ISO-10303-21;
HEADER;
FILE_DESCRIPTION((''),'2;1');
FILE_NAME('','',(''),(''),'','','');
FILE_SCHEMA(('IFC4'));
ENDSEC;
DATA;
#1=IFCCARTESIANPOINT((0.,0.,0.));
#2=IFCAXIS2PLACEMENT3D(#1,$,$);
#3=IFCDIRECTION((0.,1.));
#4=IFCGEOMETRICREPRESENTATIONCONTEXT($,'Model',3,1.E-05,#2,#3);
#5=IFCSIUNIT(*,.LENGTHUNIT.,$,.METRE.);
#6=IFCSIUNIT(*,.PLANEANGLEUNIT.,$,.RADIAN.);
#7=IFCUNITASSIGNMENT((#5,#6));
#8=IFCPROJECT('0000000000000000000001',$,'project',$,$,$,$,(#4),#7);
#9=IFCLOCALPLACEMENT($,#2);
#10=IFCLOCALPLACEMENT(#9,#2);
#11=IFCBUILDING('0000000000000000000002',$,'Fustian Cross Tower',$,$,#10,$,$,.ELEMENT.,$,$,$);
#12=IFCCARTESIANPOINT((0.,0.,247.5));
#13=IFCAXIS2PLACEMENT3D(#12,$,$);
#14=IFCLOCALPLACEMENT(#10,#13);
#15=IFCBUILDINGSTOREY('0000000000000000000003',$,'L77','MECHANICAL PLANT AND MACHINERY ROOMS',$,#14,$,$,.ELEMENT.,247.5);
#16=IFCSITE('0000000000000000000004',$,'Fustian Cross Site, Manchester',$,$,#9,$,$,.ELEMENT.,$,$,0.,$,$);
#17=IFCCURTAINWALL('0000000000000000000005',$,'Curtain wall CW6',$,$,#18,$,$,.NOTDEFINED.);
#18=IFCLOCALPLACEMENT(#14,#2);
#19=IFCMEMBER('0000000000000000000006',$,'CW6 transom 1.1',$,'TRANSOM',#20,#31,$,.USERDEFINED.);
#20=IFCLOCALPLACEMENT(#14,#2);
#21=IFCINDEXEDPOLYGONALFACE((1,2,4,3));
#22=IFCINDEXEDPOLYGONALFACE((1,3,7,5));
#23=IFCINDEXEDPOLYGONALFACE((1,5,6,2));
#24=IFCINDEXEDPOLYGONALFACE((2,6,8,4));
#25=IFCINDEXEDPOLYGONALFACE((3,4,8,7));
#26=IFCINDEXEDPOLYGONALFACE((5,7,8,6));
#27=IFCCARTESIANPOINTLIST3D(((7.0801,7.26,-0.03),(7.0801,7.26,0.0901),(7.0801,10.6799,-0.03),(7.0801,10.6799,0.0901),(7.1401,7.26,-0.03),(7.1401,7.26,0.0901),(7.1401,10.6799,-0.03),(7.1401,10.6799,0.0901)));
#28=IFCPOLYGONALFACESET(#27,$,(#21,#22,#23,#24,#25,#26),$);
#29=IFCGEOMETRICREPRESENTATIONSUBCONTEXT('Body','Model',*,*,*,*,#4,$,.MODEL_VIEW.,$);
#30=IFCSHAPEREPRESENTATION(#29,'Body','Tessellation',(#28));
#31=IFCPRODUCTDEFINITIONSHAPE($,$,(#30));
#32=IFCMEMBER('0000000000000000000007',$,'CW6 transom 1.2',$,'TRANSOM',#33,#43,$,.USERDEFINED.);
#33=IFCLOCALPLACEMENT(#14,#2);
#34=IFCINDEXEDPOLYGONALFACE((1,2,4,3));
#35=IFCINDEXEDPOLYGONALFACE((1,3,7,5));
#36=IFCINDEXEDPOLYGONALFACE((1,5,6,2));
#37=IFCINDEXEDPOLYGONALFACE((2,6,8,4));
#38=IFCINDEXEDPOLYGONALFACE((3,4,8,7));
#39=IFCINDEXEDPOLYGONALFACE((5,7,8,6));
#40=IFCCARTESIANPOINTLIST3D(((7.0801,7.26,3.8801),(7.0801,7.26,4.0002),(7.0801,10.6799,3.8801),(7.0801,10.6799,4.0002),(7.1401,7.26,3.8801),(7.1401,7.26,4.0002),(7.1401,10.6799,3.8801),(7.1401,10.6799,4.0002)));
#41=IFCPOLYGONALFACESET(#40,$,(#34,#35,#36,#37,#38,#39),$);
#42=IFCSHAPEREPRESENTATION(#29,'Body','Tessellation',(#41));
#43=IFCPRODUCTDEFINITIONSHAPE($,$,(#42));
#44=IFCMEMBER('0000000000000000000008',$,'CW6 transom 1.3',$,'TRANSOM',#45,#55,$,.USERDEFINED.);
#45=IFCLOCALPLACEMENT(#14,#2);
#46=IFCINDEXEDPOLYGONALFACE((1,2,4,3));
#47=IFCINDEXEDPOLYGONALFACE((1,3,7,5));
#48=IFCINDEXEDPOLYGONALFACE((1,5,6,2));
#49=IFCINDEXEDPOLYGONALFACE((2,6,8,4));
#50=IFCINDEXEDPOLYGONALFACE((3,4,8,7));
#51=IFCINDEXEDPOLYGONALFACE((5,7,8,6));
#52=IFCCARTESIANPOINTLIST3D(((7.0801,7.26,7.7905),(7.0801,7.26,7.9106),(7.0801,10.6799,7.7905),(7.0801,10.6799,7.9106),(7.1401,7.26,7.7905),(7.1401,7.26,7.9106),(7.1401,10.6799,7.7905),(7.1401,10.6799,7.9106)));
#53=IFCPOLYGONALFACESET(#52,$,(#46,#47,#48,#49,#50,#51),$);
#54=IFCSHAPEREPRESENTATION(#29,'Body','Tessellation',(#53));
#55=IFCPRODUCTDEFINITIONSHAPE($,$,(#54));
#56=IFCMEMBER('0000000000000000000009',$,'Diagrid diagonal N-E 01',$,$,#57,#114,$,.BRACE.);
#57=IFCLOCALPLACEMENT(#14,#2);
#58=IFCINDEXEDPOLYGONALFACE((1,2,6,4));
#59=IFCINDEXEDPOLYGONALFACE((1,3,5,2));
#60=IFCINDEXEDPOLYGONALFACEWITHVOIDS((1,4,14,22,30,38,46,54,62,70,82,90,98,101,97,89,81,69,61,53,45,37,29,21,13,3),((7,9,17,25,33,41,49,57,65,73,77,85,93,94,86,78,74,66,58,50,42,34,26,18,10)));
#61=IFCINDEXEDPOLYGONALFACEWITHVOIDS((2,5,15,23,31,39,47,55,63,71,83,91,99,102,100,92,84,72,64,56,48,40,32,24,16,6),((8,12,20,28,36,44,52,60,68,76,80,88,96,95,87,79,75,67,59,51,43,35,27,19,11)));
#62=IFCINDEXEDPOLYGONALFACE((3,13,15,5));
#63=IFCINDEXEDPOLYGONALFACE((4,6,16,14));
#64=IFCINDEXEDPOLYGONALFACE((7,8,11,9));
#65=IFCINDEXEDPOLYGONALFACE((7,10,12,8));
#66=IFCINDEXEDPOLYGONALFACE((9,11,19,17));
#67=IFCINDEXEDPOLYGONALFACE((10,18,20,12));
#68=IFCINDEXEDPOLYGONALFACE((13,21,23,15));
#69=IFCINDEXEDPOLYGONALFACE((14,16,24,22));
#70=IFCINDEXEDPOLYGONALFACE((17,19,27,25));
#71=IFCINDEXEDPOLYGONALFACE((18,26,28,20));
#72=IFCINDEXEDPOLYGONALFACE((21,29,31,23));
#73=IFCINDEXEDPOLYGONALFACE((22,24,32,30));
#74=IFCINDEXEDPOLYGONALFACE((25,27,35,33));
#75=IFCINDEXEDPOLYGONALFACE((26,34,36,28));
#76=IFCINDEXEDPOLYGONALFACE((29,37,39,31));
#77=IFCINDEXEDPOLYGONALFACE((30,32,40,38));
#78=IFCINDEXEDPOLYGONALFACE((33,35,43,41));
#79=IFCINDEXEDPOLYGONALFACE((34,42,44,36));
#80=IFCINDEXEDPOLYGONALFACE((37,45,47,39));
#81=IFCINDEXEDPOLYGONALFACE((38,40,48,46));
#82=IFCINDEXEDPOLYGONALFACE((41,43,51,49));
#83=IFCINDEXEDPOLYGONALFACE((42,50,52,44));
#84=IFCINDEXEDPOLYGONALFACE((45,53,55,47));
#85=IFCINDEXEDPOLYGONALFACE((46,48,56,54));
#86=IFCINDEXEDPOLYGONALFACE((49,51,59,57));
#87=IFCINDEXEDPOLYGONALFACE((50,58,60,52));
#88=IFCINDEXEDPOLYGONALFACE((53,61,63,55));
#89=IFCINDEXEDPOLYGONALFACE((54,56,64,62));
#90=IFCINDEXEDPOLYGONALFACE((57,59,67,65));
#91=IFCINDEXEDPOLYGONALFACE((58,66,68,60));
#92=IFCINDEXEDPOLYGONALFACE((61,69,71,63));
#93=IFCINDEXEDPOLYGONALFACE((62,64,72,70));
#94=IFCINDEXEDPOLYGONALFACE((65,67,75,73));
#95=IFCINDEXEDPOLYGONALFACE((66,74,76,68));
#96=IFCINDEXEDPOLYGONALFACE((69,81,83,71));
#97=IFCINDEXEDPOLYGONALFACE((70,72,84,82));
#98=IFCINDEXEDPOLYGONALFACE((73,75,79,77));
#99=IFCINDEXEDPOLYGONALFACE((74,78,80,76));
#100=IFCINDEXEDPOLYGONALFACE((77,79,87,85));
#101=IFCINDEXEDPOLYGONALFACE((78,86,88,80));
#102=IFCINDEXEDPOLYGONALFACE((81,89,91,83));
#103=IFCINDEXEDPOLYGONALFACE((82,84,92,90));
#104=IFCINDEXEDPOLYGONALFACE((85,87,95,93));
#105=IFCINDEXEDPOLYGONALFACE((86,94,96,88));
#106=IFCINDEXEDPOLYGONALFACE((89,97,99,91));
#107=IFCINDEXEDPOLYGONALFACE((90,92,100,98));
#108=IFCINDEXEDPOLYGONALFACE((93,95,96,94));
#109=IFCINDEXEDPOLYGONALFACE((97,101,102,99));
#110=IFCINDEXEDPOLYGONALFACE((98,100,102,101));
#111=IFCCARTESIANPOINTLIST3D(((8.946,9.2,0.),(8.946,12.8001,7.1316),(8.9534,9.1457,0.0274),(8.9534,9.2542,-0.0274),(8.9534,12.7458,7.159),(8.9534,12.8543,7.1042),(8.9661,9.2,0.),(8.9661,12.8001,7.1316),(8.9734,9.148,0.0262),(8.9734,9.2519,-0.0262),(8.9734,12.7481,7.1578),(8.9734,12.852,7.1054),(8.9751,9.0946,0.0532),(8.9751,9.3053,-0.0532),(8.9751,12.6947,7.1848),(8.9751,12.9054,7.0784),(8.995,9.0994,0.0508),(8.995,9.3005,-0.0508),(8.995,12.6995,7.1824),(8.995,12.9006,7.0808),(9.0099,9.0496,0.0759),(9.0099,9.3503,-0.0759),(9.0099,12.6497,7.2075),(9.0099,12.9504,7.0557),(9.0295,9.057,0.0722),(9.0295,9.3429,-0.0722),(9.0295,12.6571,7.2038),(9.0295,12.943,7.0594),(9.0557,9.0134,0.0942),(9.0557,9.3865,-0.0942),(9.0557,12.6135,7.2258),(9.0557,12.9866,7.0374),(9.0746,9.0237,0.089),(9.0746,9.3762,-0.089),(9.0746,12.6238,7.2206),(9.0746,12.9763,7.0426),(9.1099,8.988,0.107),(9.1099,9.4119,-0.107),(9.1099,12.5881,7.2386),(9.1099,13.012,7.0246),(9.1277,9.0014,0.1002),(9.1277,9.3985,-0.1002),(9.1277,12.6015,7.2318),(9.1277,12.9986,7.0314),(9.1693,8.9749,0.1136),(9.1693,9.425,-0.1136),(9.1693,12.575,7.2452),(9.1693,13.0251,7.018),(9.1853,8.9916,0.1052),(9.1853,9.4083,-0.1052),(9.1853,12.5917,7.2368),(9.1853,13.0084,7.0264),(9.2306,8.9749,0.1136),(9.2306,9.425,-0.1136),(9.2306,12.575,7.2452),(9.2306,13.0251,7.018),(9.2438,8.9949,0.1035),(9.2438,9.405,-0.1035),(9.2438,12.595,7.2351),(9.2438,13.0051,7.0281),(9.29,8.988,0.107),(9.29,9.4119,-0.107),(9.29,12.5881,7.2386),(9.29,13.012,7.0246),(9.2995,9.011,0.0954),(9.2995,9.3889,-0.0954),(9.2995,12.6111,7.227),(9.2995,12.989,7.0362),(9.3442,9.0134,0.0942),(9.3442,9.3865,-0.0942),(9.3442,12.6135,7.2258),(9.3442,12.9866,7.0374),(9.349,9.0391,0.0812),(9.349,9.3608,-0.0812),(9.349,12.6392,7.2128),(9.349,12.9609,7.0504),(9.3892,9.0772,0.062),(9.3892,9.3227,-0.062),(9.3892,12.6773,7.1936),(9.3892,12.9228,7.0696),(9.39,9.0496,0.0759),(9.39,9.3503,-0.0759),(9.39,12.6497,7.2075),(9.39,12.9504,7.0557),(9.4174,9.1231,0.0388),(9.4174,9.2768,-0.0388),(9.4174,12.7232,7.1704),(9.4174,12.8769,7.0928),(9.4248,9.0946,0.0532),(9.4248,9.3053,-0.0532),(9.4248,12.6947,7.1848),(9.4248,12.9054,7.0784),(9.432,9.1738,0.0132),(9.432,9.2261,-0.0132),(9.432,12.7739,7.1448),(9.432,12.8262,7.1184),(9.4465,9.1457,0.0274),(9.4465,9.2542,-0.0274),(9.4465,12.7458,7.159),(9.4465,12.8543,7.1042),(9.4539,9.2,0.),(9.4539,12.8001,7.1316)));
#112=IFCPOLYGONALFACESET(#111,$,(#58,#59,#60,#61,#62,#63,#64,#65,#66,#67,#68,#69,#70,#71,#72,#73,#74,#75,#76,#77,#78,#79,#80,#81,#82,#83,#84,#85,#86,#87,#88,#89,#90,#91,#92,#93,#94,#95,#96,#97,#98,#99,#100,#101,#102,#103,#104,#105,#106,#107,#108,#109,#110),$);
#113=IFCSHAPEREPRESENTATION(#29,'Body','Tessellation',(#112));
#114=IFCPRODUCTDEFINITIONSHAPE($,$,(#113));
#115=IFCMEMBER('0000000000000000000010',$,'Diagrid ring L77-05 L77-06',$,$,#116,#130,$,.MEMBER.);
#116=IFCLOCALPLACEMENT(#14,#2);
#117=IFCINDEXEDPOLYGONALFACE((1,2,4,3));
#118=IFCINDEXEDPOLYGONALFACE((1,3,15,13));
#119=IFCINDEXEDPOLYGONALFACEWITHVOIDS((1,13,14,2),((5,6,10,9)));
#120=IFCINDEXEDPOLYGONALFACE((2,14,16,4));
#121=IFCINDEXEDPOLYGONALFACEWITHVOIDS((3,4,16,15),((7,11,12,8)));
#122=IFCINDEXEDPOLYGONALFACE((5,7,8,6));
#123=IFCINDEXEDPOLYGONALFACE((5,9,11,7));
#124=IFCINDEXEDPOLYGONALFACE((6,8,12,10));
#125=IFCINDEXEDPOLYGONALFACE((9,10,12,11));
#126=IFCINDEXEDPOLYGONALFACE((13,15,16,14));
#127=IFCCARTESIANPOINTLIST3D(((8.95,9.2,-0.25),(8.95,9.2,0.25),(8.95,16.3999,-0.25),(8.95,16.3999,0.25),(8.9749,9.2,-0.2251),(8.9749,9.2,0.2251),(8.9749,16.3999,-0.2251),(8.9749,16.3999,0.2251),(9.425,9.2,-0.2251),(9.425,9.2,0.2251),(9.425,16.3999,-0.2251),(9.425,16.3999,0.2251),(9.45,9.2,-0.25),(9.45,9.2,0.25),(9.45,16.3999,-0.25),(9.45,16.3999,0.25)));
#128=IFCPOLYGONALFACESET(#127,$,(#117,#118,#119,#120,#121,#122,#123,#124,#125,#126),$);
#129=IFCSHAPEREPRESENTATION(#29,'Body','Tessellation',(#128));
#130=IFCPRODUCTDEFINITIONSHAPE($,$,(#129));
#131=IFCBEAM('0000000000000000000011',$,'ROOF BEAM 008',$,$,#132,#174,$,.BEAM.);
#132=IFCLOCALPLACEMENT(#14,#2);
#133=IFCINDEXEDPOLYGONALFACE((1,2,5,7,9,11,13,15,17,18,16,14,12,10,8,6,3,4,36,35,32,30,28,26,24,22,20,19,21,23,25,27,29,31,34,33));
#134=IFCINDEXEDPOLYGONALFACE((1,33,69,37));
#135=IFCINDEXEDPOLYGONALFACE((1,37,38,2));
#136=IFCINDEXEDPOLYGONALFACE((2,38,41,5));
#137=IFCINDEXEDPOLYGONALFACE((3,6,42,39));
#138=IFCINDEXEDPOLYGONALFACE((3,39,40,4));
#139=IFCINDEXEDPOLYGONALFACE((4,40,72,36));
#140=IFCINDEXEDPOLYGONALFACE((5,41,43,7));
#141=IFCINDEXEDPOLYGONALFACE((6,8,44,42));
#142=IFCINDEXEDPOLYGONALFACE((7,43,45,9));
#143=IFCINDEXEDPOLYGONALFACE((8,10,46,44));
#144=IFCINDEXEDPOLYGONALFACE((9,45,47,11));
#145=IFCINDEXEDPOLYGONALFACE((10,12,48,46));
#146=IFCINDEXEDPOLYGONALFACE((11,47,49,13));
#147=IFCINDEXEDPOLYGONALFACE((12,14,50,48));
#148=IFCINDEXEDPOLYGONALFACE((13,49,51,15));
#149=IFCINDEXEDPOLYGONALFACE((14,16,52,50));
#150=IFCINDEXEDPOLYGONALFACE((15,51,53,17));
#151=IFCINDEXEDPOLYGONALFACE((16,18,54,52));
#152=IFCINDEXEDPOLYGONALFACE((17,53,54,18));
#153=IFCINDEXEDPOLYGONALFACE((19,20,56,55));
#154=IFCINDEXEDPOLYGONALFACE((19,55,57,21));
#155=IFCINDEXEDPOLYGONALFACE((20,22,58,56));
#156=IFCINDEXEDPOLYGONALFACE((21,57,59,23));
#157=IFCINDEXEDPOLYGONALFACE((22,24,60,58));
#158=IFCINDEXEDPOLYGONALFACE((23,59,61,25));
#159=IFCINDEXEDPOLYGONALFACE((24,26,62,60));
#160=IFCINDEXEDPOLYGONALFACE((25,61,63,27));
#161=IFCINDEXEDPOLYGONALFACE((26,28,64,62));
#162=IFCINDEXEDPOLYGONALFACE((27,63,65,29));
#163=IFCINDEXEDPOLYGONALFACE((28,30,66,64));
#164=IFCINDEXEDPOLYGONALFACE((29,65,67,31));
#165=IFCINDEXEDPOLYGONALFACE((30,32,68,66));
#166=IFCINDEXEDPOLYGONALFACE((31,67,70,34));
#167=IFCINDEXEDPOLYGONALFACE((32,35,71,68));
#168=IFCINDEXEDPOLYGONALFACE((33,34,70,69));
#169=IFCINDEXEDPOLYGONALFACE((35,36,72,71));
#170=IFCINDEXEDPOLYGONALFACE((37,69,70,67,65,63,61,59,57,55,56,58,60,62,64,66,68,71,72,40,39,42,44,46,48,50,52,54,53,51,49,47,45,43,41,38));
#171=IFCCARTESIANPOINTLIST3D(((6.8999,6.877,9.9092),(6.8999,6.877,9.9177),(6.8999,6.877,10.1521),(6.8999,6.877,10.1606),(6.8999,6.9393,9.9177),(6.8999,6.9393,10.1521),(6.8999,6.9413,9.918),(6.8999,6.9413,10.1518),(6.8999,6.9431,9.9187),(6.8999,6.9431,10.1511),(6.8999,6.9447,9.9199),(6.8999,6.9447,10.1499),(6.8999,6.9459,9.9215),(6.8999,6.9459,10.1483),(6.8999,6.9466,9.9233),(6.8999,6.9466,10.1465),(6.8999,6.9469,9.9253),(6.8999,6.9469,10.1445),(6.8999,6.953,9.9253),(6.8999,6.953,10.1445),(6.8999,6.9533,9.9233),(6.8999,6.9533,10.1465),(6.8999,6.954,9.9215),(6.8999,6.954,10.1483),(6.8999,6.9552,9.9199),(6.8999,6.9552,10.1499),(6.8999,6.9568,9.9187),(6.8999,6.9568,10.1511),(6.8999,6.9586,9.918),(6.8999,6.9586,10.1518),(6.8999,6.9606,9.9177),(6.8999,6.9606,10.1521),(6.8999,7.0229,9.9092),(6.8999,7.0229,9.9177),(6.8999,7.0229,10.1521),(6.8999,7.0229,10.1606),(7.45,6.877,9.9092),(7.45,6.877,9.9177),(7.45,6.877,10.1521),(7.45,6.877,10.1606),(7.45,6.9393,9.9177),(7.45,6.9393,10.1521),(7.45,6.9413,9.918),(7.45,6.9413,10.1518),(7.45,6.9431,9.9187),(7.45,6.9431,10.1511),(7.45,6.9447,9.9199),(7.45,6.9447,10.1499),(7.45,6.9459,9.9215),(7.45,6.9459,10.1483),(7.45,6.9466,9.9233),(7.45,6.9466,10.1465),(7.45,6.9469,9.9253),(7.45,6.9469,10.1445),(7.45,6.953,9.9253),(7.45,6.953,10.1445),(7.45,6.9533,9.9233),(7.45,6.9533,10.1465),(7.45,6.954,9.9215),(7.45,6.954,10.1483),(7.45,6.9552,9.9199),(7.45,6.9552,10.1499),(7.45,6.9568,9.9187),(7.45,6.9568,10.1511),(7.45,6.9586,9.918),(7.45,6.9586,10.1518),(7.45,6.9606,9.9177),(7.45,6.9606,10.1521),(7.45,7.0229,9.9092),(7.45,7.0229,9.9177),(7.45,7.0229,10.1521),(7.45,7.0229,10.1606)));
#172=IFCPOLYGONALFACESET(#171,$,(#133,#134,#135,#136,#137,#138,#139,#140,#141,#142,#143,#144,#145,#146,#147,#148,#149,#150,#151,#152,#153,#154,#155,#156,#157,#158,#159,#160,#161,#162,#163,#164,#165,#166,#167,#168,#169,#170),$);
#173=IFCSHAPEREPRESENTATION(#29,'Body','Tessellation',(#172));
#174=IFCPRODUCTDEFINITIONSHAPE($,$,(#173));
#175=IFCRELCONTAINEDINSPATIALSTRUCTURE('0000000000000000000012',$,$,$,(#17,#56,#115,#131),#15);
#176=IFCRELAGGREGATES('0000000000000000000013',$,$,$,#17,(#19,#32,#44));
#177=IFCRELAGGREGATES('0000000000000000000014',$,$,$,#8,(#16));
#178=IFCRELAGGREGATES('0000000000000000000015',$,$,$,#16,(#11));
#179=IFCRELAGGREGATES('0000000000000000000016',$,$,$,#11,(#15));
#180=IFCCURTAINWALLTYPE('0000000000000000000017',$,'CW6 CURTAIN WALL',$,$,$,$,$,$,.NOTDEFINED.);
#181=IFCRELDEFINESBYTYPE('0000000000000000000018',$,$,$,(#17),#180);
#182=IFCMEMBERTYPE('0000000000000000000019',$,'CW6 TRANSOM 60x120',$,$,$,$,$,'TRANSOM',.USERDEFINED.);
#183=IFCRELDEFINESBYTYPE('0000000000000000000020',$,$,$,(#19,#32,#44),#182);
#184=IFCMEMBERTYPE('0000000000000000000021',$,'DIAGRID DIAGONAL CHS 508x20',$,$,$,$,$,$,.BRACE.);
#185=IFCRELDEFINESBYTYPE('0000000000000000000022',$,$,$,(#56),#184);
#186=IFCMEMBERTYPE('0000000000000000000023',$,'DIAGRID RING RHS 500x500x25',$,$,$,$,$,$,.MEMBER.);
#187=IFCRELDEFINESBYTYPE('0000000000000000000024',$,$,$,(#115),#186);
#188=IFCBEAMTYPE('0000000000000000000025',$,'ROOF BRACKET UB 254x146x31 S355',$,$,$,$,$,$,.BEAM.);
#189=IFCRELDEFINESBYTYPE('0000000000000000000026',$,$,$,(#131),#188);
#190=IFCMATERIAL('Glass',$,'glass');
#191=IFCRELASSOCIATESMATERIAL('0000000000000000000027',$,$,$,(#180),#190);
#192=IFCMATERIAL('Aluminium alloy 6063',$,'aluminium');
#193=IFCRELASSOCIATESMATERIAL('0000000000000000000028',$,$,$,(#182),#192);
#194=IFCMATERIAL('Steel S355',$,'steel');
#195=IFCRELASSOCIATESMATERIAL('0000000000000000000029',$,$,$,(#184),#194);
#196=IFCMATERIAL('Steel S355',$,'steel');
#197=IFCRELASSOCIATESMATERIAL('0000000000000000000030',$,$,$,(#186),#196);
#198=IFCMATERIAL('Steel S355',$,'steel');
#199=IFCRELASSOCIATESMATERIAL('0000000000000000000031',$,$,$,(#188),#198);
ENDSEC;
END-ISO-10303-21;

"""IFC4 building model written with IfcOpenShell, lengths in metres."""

from ifc_helpers import new_model, si_unit, direction, frame, origin, origin_2d, place, context, subcontext, project, spatial, rectangle, hollow_rectangle, hollow_circle, i_section, extrude, material, material_profile, profile_set, type_object, element, aggregate, save


model = new_model("IFC4")

# Units and contexts
model_context = context("Model", 3, precision=1e-05, world=origin(), true_north=direction((0.0, 1.0)))
body_context = subcontext(model_context, "Body", "Model", "MODEL_VIEW")
ifc_project = project(units=[si_unit("LENGTHUNIT", "METRE"), si_unit("PLANEANGLEUNIT", "RADIAN")], contexts=[model_context])

# Site, building, storey
site_placement = place(None, origin())
site = spatial("IfcSite", under=ifc_project, at=site_placement, Name="Fustian Cross Site, Manchester", CompositionType="ELEMENT", RefElevation=0.0)
building_placement = place(site_placement, origin())
building = spatial("IfcBuilding", under=site, at=building_placement, Name="Fustian Cross Tower", CompositionType="ELEMENT")
storey_placement = place(building_placement, frame((0.0, 0.0, 247.5)))
storey = spatial("IfcBuildingStorey", under=building, at=storey_placement, Name="L77", Description="MECHANICAL PLANT AND MACHINERY ROOMS", CompositionType="ELEMENT", Elevation=247.5)

# Curtain wall, members
ifc_material_1 = material(Name="Glass", Category="glass")
curtain_wall_type = type_object("IfcCurtainWallType", Name="CW6 CURTAIN WALL", PredefinedType="NOTDEFINED", material=ifc_material_1)
curtain_wall_placement = place(storey_placement, origin())
curtain_wall = element("IfcCurtainWall", 1, at=curtain_wall_placement, inside=storey, type_object=curtain_wall_type, Name="Curtain wall CW6", PredefinedType="NOTDEFINED")
ifc_material_2 = material(Name="Aluminium alloy 6063", Category="aluminium")
ifc_material_profile_1 = material_profile(ifc_material_2, rectangle(XDim=0.0601, YDim=0.1201, at=origin_2d()), Name="CW6 TRANSOM 60x120")
ifc_profile_set_1 = profile_set([ifc_material_profile_1], Name="Aluminium alloy 6063")
member_type_1 = type_object("IfcMemberType", Name="CW6 TRANSOM 60x120", ElementType="TRANSOM", PredefinedType="USERDEFINED", material=ifc_profile_set_1)
member_1_placement = place(storey_placement, frame((7.1101, 7.26, 0.03), z_axis=(0.0, 1.0, 0.0), x_axis=(-1.0, 0.0, 0.0)))
member_1 = element("IfcMember", 2, at=member_1_placement, type_object=member_type_1, Name="CW6 transom 1.1", ObjectType="TRANSOM", PredefinedType="USERDEFINED", context=body_context, shape_type="SweptSolid", body=[
    extrude(rectangle(XDim=0.0601, YDim=0.1201, at=origin_2d()), origin(), (0.0, 0.0, 1.0), 3.4199),
])
member_2_placement = place(storey_placement, frame((7.1101, 7.26, 3.9402), z_axis=(0.0, 1.0, 0.0), x_axis=(-1.0, 0.0, 0.0)))
member_2 = element("IfcMember", 3, at=member_2_placement, type_object=member_type_1, Name="CW6 transom 1.2", ObjectType="TRANSOM", PredefinedType="USERDEFINED", context=body_context, shape_type="SweptSolid", body=[
    extrude(rectangle(XDim=0.0601, YDim=0.1201, at=origin_2d()), origin(), (0.0, 0.0, 1.0), 3.4199),
])
member_3_placement = place(storey_placement, frame((7.1101, 7.26, 7.8506), z_axis=(0.0, 1.0, 0.0), x_axis=(-1.0, 0.0, 0.0)))
member_3 = element("IfcMember", 4, at=member_3_placement, type_object=member_type_1, Name="CW6 transom 1.3", ObjectType="TRANSOM", PredefinedType="USERDEFINED", context=body_context, shape_type="SweptSolid", body=[
    extrude(rectangle(XDim=0.0601, YDim=0.1201, at=origin_2d()), origin(), (0.0, 0.0, 1.0), 3.4199),
])

# Members
ifc_material_3 = material(Name="Steel S355", Category="steel")
ifc_material_profile_2 = material_profile(ifc_material_3, hollow_circle(Radius=0.2539, WallThickness=0.02, at=origin_2d()), Name="CHS 508x20")
ifc_profile_set_2 = profile_set([ifc_material_profile_2], Name="Steel S355")
member_type_2 = type_object("IfcMemberType", Name="DIAGRID DIAGONAL CHS 508x20", PredefinedType="BRACE", material=ifc_profile_set_2)
member_4_placement = place(storey_placement, frame((9.2, 9.2, 0.0), z_axis=(0.0, 0.450645, 0.892703), x_axis=(-1.0, 0.0, 0.0)))
element("IfcMember", 5, at=member_4_placement, inside=storey, type_object=member_type_2, Name="Diagrid diagonal N-E 01", PredefinedType="BRACE", context=body_context, shape_type="SweptSolid", body=[
    extrude(hollow_circle(Radius=0.2539, WallThickness=0.02, at=origin_2d()), origin(), (0.0, 0.0, 1.0), 7.9888),
])
ifc_material_4 = material(Name="Steel S355", Category="steel")
ifc_material_profile_3 = material_profile(ifc_material_4, hollow_rectangle(XDim=0.5, YDim=0.5, WallThickness=0.0249, at=origin_2d()), Name="RHS 500x500x25")
ifc_profile_set_3 = profile_set([ifc_material_profile_3], Name="Steel S355")
member_type_3 = type_object("IfcMemberType", Name="DIAGRID RING RHS 500x500x25", PredefinedType="MEMBER", material=ifc_profile_set_3)
member_5_placement = place(storey_placement, frame((9.2, 9.2, 0.0), z_axis=(0.0, 1.0, 0.0), x_axis=(-1.0, 0.0, 0.0)))
element("IfcMember", 6, at=member_5_placement, inside=storey, type_object=member_type_3, Name="Diagrid ring L77-05 L77-06", PredefinedType="MEMBER", context=body_context, shape_type="SweptSolid", body=[
    extrude(hollow_rectangle(XDim=0.5, YDim=0.5, WallThickness=0.0249, at=origin_2d()), origin(), (0.0, 0.0, 1.0), 7.2),
])

# Beam
ifc_material_5 = material(Name="Steel S355", Category="steel")
ifc_material_profile_4 = material_profile(ifc_material_5, i_section(OverallWidth=0.146, OverallDepth=0.2515, WebThickness=0.0061, FlangeThickness=0.0085, FilletRadius=0.0076, at=origin_2d()), Name="UB 254x146x31")
ifc_profile_set_4 = profile_set([ifc_material_profile_4], Name="Steel S355")
beam_type_1 = type_object("IfcBeamType", Name="ROOF BRACKET UB 254x146x31 S355", PredefinedType="BEAM", material=ifc_profile_set_4)
beam_1_placement = place(storey_placement, frame((6.8999, 6.95, 10.0349), z_axis=(1.0, 0.0, 0.0), x_axis=(0.0, 1.0, 0.0)))
element("IfcBeam", 7, at=beam_1_placement, inside=storey, type_object=beam_type_1, Name="ROOF BEAM 008", PredefinedType="BEAM", context=body_context, shape_type="SweptSolid", body=[
    extrude(i_section(OverallWidth=0.146, OverallDepth=0.2515, WebThickness=0.0061, FlangeThickness=0.0085, FilletRadius=0.0076, at=origin_2d()), origin(), (0.0, 0.0, 1.0), 0.55),
])

aggregate(curtain_wall, [member_1, member_2, member_3])

save(model, "model.ifc")
